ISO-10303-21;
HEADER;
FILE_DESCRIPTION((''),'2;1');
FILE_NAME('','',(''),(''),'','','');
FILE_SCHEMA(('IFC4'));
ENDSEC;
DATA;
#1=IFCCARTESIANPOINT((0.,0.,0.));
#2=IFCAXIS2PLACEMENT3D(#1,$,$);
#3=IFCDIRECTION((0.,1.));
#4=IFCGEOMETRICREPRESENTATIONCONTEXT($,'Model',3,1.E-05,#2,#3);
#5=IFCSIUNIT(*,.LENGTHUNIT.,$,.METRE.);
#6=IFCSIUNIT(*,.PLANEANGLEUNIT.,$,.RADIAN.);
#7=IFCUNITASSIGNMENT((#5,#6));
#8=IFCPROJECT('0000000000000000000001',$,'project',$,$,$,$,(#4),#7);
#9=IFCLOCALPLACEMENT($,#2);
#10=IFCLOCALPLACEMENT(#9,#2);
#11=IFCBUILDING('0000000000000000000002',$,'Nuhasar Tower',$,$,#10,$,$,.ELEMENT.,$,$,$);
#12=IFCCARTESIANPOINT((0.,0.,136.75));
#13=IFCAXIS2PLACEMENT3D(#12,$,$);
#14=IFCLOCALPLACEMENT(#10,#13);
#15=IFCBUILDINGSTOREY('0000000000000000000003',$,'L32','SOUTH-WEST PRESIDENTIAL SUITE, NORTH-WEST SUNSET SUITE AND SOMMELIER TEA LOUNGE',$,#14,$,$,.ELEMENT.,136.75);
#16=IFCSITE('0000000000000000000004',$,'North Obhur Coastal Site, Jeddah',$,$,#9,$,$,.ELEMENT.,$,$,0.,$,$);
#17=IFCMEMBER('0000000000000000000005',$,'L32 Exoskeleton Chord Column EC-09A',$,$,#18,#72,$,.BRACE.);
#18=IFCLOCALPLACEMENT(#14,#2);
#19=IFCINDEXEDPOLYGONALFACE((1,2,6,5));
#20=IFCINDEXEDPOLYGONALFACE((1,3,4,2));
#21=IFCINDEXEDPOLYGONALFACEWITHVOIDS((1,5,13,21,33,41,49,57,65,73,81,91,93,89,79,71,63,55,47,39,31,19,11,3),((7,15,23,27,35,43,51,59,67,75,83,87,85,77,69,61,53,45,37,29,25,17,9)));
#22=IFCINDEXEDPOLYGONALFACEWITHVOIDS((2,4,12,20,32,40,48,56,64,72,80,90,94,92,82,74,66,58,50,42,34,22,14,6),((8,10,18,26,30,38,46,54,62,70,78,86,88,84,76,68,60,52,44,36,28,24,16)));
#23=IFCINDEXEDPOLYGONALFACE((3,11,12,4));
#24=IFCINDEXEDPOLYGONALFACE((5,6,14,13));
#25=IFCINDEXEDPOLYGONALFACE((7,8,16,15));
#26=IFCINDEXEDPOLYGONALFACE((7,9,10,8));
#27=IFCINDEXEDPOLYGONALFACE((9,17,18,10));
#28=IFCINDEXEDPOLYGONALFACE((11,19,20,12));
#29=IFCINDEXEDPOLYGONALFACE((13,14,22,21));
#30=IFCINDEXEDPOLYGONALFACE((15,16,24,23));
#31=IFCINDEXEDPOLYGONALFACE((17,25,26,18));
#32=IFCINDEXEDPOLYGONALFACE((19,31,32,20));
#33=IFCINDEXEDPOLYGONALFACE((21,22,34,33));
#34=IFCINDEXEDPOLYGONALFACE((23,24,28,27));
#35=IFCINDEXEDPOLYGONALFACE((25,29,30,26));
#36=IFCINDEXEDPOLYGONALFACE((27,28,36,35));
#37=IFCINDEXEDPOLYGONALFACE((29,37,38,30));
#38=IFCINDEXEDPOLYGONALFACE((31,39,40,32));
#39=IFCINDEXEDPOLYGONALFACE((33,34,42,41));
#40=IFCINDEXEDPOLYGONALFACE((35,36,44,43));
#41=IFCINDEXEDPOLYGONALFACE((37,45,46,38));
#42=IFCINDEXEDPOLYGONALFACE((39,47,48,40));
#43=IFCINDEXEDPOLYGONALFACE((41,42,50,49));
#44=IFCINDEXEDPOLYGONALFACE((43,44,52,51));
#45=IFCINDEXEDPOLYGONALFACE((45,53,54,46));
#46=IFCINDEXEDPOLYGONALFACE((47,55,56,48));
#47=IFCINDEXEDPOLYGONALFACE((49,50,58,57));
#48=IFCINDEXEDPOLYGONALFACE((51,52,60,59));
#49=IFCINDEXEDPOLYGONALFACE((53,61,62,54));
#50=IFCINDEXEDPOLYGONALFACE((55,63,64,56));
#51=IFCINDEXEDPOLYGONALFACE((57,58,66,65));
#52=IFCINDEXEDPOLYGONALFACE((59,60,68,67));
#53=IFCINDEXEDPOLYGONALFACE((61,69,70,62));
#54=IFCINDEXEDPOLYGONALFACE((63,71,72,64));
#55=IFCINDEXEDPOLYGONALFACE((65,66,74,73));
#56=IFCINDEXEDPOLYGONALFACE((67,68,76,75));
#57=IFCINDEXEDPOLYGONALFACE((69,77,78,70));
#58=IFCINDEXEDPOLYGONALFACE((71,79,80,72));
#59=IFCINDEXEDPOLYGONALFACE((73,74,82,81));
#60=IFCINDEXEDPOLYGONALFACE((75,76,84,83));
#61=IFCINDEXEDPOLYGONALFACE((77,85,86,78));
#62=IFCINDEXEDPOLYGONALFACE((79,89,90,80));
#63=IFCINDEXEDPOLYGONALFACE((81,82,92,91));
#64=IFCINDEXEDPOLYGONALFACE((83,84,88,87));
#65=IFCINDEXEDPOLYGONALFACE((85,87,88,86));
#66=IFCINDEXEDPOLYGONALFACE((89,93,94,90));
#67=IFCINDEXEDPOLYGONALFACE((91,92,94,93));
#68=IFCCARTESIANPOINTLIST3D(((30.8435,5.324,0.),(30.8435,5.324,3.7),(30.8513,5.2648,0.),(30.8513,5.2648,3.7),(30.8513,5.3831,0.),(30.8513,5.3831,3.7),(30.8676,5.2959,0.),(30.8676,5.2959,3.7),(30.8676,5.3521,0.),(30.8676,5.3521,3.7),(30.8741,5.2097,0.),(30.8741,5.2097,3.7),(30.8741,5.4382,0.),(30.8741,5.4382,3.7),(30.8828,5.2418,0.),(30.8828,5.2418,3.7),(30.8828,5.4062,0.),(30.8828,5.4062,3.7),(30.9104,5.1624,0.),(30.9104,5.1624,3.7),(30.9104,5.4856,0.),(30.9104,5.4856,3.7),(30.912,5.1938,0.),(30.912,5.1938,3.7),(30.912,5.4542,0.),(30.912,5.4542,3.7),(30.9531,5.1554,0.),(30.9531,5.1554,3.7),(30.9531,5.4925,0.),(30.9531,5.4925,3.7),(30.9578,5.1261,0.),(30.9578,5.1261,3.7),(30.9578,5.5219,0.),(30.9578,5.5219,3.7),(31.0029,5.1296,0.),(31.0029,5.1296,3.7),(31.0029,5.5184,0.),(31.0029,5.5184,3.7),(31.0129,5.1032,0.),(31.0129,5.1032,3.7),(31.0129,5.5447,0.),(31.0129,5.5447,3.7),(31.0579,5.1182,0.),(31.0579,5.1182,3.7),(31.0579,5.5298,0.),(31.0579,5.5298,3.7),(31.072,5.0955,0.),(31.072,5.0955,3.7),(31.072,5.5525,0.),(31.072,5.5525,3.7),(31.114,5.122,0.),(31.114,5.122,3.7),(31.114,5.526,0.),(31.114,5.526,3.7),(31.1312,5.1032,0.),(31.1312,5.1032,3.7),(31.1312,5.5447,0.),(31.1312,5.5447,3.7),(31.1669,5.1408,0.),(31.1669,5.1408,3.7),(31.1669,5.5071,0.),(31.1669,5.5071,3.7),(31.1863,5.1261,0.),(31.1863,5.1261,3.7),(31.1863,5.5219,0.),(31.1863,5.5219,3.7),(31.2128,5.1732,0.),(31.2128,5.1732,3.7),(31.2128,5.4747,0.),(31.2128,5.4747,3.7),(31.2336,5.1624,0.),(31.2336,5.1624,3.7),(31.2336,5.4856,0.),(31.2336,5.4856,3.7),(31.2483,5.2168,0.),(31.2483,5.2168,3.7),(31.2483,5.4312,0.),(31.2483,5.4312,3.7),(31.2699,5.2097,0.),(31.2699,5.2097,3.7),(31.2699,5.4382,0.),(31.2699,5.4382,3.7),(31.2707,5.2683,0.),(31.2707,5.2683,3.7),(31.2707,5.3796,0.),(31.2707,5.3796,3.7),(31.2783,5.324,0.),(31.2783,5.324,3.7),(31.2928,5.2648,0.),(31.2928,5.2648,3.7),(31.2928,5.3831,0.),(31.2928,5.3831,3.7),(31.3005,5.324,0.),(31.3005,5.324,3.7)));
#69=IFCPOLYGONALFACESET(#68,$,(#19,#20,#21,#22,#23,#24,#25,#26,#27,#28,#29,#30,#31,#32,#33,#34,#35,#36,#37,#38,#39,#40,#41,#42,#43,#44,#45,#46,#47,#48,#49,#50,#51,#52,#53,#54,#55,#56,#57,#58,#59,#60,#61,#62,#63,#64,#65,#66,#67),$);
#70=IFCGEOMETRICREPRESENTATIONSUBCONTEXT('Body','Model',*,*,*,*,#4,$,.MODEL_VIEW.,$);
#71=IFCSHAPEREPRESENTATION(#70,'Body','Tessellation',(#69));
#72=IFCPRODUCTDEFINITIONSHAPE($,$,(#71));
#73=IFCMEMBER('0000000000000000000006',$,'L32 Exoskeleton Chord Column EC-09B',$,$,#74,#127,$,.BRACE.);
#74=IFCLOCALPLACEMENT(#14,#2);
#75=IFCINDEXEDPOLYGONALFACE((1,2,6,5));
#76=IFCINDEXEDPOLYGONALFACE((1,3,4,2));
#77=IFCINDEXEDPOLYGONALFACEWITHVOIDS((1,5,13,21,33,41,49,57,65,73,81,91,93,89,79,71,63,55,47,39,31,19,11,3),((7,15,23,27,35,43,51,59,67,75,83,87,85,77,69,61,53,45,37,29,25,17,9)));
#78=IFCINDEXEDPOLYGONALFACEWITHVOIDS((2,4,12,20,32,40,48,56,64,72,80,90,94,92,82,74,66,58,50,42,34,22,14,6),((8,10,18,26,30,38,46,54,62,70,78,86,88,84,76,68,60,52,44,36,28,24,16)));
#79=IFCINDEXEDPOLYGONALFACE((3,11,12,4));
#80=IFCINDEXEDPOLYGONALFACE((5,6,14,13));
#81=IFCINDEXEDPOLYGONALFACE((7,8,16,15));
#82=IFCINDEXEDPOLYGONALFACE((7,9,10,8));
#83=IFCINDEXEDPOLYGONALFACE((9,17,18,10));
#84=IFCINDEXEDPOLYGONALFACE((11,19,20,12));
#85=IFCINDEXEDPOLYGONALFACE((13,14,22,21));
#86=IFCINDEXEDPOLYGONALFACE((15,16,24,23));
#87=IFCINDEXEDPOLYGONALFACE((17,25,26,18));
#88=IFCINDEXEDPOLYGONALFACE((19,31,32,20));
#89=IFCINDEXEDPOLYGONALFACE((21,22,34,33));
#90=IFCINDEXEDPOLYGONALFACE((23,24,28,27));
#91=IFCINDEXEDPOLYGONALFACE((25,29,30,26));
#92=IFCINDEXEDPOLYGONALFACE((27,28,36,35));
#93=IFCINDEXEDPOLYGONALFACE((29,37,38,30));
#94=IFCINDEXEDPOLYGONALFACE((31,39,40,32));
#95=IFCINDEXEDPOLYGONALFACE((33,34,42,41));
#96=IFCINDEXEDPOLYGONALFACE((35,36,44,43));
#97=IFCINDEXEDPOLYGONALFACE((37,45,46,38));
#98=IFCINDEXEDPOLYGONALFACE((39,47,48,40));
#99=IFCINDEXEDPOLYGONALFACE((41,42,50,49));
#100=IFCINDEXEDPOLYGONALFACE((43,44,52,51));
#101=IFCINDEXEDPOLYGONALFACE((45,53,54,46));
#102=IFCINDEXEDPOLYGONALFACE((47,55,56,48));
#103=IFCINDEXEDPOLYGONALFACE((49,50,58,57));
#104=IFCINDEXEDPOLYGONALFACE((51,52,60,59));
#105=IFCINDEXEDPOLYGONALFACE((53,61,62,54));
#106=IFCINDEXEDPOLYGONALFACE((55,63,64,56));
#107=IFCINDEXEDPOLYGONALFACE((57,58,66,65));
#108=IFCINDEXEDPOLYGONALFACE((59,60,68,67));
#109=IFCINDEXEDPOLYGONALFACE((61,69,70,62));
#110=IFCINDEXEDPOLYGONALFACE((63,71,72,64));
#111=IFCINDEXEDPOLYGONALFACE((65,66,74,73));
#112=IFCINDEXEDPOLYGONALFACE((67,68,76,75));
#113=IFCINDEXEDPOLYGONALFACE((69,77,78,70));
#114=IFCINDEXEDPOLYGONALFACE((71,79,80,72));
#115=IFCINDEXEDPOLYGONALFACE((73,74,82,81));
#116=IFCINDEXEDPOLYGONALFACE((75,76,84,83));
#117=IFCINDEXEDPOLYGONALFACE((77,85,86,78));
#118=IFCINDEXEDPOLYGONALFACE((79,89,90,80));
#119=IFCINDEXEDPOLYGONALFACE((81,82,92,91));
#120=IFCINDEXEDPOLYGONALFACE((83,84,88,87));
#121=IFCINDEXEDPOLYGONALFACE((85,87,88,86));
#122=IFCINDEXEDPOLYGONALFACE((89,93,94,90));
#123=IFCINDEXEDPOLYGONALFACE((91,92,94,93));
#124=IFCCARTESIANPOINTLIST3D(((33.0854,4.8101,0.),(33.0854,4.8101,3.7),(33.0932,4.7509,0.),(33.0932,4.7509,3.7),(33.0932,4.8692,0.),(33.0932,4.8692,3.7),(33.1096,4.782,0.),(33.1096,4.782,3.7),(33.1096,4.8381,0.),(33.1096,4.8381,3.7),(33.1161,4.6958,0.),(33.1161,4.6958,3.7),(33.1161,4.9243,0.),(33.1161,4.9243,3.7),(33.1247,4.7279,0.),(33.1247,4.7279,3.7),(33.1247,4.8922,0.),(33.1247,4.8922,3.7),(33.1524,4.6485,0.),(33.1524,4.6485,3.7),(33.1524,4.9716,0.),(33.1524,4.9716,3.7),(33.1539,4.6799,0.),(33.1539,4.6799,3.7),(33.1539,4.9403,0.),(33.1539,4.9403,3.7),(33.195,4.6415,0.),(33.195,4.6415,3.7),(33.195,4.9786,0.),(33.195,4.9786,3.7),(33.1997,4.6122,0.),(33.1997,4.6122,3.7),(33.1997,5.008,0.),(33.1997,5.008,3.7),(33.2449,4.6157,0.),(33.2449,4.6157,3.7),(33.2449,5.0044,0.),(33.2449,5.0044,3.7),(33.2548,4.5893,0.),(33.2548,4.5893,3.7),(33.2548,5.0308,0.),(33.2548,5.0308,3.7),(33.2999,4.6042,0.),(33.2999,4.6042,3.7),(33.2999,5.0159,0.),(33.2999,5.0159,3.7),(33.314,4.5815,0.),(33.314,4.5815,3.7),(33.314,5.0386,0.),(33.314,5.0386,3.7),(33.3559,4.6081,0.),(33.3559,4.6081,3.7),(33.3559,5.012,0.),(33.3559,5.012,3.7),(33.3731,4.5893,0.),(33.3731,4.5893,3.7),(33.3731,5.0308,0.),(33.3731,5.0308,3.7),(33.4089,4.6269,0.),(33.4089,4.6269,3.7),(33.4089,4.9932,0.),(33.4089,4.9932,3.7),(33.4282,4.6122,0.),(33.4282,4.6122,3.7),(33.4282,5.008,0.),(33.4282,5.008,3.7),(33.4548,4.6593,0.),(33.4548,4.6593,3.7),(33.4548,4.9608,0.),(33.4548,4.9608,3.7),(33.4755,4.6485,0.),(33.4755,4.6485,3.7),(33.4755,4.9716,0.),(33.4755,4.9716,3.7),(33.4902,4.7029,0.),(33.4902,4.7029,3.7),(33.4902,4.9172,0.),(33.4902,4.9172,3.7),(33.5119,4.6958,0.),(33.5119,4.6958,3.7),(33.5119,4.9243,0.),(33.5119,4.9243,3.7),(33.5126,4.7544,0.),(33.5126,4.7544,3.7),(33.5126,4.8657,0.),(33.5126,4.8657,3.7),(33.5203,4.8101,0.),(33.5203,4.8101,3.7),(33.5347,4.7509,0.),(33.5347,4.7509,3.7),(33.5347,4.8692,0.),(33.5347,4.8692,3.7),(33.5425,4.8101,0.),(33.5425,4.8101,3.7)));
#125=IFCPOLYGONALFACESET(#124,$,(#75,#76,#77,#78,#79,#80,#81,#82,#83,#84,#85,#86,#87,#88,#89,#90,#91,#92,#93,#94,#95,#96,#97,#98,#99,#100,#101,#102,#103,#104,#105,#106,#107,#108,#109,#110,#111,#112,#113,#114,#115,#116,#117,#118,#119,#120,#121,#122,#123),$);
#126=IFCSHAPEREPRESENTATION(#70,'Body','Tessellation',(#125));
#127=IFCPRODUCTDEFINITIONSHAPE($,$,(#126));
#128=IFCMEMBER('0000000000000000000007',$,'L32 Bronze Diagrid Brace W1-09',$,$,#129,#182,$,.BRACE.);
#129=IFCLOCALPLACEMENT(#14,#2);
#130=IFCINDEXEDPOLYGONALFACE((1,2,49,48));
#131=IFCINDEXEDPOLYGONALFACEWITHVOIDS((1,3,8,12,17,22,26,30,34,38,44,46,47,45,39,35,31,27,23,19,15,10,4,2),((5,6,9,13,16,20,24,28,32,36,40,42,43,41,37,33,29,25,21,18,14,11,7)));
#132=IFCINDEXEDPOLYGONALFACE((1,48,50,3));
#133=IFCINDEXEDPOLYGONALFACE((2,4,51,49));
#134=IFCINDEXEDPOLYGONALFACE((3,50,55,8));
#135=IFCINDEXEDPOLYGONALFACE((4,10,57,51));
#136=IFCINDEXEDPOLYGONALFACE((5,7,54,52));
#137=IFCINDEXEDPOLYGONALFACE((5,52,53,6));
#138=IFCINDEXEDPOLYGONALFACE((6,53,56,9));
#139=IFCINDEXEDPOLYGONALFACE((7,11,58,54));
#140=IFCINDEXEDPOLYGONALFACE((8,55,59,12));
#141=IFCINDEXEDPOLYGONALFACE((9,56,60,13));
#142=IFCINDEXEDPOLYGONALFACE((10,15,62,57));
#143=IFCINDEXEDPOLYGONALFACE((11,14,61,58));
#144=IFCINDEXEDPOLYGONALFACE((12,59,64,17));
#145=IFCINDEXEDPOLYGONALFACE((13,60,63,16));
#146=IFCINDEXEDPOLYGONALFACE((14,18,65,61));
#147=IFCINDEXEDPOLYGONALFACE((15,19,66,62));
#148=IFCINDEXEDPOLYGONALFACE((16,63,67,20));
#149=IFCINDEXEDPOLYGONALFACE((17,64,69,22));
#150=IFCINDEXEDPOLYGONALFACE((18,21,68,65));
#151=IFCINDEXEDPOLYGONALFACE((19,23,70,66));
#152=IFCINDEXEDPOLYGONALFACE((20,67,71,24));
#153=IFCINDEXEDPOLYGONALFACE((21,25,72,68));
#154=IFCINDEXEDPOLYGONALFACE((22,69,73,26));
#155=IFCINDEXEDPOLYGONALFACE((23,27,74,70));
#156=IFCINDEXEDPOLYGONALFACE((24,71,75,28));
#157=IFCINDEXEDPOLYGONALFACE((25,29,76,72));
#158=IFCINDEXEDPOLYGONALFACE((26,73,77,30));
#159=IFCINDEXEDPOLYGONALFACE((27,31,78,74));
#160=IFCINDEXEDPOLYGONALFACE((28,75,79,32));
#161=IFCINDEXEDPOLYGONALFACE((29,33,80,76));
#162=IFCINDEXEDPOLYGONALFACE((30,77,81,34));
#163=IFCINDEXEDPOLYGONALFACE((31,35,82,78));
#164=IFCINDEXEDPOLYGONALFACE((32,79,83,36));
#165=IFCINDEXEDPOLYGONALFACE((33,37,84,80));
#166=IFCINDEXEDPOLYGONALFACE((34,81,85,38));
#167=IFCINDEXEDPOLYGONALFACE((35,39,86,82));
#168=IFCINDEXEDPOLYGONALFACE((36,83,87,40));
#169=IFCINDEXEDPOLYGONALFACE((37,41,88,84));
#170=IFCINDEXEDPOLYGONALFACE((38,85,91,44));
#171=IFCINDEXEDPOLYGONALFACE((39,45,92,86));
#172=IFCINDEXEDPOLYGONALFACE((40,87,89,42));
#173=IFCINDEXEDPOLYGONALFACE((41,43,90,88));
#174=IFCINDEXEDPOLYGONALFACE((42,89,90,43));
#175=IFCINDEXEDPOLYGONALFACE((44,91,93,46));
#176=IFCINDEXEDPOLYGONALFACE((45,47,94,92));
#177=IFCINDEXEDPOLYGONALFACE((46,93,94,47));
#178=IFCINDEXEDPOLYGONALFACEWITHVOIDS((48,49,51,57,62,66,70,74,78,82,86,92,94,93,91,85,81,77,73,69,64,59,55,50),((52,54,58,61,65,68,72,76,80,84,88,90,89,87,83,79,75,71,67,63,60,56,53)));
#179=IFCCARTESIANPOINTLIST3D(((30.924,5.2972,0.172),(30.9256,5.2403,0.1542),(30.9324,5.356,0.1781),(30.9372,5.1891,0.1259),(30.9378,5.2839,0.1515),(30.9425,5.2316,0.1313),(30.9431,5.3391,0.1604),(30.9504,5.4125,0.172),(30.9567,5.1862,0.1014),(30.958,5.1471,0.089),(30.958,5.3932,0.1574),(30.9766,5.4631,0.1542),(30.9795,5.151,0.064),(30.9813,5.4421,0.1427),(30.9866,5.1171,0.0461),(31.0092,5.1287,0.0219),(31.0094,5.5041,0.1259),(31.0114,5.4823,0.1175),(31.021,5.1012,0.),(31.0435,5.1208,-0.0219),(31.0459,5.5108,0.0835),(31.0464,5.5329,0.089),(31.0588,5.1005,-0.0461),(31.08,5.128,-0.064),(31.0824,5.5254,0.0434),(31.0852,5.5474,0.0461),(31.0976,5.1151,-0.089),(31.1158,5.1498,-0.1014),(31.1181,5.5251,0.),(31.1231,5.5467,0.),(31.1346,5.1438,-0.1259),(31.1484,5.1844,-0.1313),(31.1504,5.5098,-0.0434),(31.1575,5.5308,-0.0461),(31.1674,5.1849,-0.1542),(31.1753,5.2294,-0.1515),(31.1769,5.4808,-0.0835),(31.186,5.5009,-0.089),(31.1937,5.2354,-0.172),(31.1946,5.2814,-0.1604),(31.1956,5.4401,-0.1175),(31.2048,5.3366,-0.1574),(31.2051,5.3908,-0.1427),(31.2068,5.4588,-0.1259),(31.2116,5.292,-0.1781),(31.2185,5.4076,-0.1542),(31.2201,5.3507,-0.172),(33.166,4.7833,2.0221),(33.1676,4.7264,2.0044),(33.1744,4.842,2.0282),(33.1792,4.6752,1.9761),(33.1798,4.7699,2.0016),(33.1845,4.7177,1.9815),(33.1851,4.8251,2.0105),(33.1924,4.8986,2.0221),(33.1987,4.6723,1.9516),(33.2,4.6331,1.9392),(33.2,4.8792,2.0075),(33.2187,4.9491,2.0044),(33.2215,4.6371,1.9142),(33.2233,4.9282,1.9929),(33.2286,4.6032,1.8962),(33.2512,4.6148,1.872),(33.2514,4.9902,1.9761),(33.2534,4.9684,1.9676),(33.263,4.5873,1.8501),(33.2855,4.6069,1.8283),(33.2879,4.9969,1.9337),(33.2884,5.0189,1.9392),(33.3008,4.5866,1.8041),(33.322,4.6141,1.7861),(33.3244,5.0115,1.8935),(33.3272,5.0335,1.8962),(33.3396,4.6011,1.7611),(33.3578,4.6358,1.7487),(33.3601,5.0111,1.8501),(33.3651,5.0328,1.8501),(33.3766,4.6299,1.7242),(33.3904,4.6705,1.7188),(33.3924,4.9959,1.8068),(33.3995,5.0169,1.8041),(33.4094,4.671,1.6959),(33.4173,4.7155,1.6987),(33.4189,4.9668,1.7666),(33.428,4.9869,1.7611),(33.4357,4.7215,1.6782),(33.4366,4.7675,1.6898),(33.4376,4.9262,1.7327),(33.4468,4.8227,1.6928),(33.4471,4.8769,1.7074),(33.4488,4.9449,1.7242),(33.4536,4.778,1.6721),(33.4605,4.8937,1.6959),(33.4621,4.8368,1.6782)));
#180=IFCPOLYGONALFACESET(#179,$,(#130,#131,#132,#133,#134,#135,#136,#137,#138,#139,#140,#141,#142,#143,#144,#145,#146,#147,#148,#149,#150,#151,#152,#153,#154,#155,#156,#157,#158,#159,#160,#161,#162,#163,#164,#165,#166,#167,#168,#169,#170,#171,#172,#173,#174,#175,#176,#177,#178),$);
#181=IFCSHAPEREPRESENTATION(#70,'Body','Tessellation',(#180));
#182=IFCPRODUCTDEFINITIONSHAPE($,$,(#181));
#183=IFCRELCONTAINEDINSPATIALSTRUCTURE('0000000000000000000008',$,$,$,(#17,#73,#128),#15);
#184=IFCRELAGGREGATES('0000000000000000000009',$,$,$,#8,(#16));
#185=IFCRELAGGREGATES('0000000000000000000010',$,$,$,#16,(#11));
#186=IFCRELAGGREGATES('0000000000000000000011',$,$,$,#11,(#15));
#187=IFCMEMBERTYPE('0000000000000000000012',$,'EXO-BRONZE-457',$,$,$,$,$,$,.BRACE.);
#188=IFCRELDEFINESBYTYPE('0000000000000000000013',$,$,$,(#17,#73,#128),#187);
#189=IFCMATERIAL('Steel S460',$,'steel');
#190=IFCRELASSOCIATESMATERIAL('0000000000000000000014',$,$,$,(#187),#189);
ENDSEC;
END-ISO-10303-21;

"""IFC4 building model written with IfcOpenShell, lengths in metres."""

from ifc_helpers import new_model, si_unit, direction, frame, origin, origin_2d, place, context, subcontext, project, spatial, hollow_circle, extrude, material, material_profile, profile_set, type_object, element, save


model = new_model("IFC4")

# Units and contexts
model_context = context("Model", 3, precision=1e-05, world=origin(), true_north=direction((0.0, 1.0)))
body_context = subcontext(model_context, "Body", "Model", "MODEL_VIEW")
ifc_project = project(units=[si_unit("LENGTHUNIT", "METRE"), si_unit("PLANEANGLEUNIT", "RADIAN")], contexts=[model_context])

# Site, building, storey
site_placement = place(None, origin())
site = spatial("IfcSite", under=ifc_project, at=site_placement, Name="North Obhur Coastal Site, Jeddah", CompositionType="ELEMENT", RefElevation=0.0)
building_placement = place(site_placement, origin())
building = spatial("IfcBuilding", under=site, at=building_placement, Name="Nuhasar Tower", CompositionType="ELEMENT")
storey_placement = place(building_placement, frame((0.0, 0.0, 136.75)))
storey = spatial("IfcBuildingStorey", under=building, at=storey_placement, Name="L32", Description="SOUTH-WEST PRESIDENTIAL SUITE, NORTH-WEST SUNSET SUITE AND SOMMELIER TEA LOUNGE", CompositionType="ELEMENT", Elevation=136.75)

# Members
ifc_material_1 = material(Name="Steel S460", Category="steel")
ifc_material_profile_1 = material_profile(ifc_material_1, hollow_circle(Radius=0.2285, WallThickness=0.0222, at=origin_2d()), Name="HSS457X22.2")
ifc_profile_set_1 = profile_set([ifc_material_profile_1], Name="Steel S460")
member_type_1 = type_object("IfcMemberType", Name="EXO-BRONZE-457", PredefinedType="BRACE", material=ifc_profile_set_1)
for number, where, z_axis, x_axis, name in (
    (1, (31.072, 5.324, 0.0), (0.0, 0.0, 1.0), (1.0, 0.0, 0.0), "L32 Exoskeleton Chord Column EC-09A"),
    (2, (33.314, 4.8101, 0.0), (0.0, 0.0, 1.0), (1.0, 0.0, 0.0), "L32 Exoskeleton Chord Column EC-09B"),
):
    element("IfcMember", number, at=place(storey_placement, frame(where, z_axis=z_axis, x_axis=x_axis)), inside=storey, type_object=member_type_1, Name=name, PredefinedType="BRACE", context=body_context, shape_type="SweptSolid", body=[
        extrude(hollow_circle(Radius=0.2285, WallThickness=0.0222, at=origin_2d()), origin(), (0.0, 0.0, 1.0), 3.7),
    ])
member_1_placement = place(storey_placement, frame((31.072, 5.324, 0.0), z_axis=(0.75951, -0.174101, 0.626764), x_axis=(0.223433, 0.974719, 0.0)))
element("IfcMember", 3, at=member_1_placement, inside=storey, type_object=member_type_1, Name="L32 Bronze Diagrid Brace W1-09", PredefinedType="BRACE", context=body_context, shape_type="SweptSolid", body=[
    extrude(hollow_circle(Radius=0.2285, WallThickness=0.0222, at=origin_2d()), origin(), (0.0, 0.0, 1.0), 2.9519),
])

save(model, "model.ifc")
